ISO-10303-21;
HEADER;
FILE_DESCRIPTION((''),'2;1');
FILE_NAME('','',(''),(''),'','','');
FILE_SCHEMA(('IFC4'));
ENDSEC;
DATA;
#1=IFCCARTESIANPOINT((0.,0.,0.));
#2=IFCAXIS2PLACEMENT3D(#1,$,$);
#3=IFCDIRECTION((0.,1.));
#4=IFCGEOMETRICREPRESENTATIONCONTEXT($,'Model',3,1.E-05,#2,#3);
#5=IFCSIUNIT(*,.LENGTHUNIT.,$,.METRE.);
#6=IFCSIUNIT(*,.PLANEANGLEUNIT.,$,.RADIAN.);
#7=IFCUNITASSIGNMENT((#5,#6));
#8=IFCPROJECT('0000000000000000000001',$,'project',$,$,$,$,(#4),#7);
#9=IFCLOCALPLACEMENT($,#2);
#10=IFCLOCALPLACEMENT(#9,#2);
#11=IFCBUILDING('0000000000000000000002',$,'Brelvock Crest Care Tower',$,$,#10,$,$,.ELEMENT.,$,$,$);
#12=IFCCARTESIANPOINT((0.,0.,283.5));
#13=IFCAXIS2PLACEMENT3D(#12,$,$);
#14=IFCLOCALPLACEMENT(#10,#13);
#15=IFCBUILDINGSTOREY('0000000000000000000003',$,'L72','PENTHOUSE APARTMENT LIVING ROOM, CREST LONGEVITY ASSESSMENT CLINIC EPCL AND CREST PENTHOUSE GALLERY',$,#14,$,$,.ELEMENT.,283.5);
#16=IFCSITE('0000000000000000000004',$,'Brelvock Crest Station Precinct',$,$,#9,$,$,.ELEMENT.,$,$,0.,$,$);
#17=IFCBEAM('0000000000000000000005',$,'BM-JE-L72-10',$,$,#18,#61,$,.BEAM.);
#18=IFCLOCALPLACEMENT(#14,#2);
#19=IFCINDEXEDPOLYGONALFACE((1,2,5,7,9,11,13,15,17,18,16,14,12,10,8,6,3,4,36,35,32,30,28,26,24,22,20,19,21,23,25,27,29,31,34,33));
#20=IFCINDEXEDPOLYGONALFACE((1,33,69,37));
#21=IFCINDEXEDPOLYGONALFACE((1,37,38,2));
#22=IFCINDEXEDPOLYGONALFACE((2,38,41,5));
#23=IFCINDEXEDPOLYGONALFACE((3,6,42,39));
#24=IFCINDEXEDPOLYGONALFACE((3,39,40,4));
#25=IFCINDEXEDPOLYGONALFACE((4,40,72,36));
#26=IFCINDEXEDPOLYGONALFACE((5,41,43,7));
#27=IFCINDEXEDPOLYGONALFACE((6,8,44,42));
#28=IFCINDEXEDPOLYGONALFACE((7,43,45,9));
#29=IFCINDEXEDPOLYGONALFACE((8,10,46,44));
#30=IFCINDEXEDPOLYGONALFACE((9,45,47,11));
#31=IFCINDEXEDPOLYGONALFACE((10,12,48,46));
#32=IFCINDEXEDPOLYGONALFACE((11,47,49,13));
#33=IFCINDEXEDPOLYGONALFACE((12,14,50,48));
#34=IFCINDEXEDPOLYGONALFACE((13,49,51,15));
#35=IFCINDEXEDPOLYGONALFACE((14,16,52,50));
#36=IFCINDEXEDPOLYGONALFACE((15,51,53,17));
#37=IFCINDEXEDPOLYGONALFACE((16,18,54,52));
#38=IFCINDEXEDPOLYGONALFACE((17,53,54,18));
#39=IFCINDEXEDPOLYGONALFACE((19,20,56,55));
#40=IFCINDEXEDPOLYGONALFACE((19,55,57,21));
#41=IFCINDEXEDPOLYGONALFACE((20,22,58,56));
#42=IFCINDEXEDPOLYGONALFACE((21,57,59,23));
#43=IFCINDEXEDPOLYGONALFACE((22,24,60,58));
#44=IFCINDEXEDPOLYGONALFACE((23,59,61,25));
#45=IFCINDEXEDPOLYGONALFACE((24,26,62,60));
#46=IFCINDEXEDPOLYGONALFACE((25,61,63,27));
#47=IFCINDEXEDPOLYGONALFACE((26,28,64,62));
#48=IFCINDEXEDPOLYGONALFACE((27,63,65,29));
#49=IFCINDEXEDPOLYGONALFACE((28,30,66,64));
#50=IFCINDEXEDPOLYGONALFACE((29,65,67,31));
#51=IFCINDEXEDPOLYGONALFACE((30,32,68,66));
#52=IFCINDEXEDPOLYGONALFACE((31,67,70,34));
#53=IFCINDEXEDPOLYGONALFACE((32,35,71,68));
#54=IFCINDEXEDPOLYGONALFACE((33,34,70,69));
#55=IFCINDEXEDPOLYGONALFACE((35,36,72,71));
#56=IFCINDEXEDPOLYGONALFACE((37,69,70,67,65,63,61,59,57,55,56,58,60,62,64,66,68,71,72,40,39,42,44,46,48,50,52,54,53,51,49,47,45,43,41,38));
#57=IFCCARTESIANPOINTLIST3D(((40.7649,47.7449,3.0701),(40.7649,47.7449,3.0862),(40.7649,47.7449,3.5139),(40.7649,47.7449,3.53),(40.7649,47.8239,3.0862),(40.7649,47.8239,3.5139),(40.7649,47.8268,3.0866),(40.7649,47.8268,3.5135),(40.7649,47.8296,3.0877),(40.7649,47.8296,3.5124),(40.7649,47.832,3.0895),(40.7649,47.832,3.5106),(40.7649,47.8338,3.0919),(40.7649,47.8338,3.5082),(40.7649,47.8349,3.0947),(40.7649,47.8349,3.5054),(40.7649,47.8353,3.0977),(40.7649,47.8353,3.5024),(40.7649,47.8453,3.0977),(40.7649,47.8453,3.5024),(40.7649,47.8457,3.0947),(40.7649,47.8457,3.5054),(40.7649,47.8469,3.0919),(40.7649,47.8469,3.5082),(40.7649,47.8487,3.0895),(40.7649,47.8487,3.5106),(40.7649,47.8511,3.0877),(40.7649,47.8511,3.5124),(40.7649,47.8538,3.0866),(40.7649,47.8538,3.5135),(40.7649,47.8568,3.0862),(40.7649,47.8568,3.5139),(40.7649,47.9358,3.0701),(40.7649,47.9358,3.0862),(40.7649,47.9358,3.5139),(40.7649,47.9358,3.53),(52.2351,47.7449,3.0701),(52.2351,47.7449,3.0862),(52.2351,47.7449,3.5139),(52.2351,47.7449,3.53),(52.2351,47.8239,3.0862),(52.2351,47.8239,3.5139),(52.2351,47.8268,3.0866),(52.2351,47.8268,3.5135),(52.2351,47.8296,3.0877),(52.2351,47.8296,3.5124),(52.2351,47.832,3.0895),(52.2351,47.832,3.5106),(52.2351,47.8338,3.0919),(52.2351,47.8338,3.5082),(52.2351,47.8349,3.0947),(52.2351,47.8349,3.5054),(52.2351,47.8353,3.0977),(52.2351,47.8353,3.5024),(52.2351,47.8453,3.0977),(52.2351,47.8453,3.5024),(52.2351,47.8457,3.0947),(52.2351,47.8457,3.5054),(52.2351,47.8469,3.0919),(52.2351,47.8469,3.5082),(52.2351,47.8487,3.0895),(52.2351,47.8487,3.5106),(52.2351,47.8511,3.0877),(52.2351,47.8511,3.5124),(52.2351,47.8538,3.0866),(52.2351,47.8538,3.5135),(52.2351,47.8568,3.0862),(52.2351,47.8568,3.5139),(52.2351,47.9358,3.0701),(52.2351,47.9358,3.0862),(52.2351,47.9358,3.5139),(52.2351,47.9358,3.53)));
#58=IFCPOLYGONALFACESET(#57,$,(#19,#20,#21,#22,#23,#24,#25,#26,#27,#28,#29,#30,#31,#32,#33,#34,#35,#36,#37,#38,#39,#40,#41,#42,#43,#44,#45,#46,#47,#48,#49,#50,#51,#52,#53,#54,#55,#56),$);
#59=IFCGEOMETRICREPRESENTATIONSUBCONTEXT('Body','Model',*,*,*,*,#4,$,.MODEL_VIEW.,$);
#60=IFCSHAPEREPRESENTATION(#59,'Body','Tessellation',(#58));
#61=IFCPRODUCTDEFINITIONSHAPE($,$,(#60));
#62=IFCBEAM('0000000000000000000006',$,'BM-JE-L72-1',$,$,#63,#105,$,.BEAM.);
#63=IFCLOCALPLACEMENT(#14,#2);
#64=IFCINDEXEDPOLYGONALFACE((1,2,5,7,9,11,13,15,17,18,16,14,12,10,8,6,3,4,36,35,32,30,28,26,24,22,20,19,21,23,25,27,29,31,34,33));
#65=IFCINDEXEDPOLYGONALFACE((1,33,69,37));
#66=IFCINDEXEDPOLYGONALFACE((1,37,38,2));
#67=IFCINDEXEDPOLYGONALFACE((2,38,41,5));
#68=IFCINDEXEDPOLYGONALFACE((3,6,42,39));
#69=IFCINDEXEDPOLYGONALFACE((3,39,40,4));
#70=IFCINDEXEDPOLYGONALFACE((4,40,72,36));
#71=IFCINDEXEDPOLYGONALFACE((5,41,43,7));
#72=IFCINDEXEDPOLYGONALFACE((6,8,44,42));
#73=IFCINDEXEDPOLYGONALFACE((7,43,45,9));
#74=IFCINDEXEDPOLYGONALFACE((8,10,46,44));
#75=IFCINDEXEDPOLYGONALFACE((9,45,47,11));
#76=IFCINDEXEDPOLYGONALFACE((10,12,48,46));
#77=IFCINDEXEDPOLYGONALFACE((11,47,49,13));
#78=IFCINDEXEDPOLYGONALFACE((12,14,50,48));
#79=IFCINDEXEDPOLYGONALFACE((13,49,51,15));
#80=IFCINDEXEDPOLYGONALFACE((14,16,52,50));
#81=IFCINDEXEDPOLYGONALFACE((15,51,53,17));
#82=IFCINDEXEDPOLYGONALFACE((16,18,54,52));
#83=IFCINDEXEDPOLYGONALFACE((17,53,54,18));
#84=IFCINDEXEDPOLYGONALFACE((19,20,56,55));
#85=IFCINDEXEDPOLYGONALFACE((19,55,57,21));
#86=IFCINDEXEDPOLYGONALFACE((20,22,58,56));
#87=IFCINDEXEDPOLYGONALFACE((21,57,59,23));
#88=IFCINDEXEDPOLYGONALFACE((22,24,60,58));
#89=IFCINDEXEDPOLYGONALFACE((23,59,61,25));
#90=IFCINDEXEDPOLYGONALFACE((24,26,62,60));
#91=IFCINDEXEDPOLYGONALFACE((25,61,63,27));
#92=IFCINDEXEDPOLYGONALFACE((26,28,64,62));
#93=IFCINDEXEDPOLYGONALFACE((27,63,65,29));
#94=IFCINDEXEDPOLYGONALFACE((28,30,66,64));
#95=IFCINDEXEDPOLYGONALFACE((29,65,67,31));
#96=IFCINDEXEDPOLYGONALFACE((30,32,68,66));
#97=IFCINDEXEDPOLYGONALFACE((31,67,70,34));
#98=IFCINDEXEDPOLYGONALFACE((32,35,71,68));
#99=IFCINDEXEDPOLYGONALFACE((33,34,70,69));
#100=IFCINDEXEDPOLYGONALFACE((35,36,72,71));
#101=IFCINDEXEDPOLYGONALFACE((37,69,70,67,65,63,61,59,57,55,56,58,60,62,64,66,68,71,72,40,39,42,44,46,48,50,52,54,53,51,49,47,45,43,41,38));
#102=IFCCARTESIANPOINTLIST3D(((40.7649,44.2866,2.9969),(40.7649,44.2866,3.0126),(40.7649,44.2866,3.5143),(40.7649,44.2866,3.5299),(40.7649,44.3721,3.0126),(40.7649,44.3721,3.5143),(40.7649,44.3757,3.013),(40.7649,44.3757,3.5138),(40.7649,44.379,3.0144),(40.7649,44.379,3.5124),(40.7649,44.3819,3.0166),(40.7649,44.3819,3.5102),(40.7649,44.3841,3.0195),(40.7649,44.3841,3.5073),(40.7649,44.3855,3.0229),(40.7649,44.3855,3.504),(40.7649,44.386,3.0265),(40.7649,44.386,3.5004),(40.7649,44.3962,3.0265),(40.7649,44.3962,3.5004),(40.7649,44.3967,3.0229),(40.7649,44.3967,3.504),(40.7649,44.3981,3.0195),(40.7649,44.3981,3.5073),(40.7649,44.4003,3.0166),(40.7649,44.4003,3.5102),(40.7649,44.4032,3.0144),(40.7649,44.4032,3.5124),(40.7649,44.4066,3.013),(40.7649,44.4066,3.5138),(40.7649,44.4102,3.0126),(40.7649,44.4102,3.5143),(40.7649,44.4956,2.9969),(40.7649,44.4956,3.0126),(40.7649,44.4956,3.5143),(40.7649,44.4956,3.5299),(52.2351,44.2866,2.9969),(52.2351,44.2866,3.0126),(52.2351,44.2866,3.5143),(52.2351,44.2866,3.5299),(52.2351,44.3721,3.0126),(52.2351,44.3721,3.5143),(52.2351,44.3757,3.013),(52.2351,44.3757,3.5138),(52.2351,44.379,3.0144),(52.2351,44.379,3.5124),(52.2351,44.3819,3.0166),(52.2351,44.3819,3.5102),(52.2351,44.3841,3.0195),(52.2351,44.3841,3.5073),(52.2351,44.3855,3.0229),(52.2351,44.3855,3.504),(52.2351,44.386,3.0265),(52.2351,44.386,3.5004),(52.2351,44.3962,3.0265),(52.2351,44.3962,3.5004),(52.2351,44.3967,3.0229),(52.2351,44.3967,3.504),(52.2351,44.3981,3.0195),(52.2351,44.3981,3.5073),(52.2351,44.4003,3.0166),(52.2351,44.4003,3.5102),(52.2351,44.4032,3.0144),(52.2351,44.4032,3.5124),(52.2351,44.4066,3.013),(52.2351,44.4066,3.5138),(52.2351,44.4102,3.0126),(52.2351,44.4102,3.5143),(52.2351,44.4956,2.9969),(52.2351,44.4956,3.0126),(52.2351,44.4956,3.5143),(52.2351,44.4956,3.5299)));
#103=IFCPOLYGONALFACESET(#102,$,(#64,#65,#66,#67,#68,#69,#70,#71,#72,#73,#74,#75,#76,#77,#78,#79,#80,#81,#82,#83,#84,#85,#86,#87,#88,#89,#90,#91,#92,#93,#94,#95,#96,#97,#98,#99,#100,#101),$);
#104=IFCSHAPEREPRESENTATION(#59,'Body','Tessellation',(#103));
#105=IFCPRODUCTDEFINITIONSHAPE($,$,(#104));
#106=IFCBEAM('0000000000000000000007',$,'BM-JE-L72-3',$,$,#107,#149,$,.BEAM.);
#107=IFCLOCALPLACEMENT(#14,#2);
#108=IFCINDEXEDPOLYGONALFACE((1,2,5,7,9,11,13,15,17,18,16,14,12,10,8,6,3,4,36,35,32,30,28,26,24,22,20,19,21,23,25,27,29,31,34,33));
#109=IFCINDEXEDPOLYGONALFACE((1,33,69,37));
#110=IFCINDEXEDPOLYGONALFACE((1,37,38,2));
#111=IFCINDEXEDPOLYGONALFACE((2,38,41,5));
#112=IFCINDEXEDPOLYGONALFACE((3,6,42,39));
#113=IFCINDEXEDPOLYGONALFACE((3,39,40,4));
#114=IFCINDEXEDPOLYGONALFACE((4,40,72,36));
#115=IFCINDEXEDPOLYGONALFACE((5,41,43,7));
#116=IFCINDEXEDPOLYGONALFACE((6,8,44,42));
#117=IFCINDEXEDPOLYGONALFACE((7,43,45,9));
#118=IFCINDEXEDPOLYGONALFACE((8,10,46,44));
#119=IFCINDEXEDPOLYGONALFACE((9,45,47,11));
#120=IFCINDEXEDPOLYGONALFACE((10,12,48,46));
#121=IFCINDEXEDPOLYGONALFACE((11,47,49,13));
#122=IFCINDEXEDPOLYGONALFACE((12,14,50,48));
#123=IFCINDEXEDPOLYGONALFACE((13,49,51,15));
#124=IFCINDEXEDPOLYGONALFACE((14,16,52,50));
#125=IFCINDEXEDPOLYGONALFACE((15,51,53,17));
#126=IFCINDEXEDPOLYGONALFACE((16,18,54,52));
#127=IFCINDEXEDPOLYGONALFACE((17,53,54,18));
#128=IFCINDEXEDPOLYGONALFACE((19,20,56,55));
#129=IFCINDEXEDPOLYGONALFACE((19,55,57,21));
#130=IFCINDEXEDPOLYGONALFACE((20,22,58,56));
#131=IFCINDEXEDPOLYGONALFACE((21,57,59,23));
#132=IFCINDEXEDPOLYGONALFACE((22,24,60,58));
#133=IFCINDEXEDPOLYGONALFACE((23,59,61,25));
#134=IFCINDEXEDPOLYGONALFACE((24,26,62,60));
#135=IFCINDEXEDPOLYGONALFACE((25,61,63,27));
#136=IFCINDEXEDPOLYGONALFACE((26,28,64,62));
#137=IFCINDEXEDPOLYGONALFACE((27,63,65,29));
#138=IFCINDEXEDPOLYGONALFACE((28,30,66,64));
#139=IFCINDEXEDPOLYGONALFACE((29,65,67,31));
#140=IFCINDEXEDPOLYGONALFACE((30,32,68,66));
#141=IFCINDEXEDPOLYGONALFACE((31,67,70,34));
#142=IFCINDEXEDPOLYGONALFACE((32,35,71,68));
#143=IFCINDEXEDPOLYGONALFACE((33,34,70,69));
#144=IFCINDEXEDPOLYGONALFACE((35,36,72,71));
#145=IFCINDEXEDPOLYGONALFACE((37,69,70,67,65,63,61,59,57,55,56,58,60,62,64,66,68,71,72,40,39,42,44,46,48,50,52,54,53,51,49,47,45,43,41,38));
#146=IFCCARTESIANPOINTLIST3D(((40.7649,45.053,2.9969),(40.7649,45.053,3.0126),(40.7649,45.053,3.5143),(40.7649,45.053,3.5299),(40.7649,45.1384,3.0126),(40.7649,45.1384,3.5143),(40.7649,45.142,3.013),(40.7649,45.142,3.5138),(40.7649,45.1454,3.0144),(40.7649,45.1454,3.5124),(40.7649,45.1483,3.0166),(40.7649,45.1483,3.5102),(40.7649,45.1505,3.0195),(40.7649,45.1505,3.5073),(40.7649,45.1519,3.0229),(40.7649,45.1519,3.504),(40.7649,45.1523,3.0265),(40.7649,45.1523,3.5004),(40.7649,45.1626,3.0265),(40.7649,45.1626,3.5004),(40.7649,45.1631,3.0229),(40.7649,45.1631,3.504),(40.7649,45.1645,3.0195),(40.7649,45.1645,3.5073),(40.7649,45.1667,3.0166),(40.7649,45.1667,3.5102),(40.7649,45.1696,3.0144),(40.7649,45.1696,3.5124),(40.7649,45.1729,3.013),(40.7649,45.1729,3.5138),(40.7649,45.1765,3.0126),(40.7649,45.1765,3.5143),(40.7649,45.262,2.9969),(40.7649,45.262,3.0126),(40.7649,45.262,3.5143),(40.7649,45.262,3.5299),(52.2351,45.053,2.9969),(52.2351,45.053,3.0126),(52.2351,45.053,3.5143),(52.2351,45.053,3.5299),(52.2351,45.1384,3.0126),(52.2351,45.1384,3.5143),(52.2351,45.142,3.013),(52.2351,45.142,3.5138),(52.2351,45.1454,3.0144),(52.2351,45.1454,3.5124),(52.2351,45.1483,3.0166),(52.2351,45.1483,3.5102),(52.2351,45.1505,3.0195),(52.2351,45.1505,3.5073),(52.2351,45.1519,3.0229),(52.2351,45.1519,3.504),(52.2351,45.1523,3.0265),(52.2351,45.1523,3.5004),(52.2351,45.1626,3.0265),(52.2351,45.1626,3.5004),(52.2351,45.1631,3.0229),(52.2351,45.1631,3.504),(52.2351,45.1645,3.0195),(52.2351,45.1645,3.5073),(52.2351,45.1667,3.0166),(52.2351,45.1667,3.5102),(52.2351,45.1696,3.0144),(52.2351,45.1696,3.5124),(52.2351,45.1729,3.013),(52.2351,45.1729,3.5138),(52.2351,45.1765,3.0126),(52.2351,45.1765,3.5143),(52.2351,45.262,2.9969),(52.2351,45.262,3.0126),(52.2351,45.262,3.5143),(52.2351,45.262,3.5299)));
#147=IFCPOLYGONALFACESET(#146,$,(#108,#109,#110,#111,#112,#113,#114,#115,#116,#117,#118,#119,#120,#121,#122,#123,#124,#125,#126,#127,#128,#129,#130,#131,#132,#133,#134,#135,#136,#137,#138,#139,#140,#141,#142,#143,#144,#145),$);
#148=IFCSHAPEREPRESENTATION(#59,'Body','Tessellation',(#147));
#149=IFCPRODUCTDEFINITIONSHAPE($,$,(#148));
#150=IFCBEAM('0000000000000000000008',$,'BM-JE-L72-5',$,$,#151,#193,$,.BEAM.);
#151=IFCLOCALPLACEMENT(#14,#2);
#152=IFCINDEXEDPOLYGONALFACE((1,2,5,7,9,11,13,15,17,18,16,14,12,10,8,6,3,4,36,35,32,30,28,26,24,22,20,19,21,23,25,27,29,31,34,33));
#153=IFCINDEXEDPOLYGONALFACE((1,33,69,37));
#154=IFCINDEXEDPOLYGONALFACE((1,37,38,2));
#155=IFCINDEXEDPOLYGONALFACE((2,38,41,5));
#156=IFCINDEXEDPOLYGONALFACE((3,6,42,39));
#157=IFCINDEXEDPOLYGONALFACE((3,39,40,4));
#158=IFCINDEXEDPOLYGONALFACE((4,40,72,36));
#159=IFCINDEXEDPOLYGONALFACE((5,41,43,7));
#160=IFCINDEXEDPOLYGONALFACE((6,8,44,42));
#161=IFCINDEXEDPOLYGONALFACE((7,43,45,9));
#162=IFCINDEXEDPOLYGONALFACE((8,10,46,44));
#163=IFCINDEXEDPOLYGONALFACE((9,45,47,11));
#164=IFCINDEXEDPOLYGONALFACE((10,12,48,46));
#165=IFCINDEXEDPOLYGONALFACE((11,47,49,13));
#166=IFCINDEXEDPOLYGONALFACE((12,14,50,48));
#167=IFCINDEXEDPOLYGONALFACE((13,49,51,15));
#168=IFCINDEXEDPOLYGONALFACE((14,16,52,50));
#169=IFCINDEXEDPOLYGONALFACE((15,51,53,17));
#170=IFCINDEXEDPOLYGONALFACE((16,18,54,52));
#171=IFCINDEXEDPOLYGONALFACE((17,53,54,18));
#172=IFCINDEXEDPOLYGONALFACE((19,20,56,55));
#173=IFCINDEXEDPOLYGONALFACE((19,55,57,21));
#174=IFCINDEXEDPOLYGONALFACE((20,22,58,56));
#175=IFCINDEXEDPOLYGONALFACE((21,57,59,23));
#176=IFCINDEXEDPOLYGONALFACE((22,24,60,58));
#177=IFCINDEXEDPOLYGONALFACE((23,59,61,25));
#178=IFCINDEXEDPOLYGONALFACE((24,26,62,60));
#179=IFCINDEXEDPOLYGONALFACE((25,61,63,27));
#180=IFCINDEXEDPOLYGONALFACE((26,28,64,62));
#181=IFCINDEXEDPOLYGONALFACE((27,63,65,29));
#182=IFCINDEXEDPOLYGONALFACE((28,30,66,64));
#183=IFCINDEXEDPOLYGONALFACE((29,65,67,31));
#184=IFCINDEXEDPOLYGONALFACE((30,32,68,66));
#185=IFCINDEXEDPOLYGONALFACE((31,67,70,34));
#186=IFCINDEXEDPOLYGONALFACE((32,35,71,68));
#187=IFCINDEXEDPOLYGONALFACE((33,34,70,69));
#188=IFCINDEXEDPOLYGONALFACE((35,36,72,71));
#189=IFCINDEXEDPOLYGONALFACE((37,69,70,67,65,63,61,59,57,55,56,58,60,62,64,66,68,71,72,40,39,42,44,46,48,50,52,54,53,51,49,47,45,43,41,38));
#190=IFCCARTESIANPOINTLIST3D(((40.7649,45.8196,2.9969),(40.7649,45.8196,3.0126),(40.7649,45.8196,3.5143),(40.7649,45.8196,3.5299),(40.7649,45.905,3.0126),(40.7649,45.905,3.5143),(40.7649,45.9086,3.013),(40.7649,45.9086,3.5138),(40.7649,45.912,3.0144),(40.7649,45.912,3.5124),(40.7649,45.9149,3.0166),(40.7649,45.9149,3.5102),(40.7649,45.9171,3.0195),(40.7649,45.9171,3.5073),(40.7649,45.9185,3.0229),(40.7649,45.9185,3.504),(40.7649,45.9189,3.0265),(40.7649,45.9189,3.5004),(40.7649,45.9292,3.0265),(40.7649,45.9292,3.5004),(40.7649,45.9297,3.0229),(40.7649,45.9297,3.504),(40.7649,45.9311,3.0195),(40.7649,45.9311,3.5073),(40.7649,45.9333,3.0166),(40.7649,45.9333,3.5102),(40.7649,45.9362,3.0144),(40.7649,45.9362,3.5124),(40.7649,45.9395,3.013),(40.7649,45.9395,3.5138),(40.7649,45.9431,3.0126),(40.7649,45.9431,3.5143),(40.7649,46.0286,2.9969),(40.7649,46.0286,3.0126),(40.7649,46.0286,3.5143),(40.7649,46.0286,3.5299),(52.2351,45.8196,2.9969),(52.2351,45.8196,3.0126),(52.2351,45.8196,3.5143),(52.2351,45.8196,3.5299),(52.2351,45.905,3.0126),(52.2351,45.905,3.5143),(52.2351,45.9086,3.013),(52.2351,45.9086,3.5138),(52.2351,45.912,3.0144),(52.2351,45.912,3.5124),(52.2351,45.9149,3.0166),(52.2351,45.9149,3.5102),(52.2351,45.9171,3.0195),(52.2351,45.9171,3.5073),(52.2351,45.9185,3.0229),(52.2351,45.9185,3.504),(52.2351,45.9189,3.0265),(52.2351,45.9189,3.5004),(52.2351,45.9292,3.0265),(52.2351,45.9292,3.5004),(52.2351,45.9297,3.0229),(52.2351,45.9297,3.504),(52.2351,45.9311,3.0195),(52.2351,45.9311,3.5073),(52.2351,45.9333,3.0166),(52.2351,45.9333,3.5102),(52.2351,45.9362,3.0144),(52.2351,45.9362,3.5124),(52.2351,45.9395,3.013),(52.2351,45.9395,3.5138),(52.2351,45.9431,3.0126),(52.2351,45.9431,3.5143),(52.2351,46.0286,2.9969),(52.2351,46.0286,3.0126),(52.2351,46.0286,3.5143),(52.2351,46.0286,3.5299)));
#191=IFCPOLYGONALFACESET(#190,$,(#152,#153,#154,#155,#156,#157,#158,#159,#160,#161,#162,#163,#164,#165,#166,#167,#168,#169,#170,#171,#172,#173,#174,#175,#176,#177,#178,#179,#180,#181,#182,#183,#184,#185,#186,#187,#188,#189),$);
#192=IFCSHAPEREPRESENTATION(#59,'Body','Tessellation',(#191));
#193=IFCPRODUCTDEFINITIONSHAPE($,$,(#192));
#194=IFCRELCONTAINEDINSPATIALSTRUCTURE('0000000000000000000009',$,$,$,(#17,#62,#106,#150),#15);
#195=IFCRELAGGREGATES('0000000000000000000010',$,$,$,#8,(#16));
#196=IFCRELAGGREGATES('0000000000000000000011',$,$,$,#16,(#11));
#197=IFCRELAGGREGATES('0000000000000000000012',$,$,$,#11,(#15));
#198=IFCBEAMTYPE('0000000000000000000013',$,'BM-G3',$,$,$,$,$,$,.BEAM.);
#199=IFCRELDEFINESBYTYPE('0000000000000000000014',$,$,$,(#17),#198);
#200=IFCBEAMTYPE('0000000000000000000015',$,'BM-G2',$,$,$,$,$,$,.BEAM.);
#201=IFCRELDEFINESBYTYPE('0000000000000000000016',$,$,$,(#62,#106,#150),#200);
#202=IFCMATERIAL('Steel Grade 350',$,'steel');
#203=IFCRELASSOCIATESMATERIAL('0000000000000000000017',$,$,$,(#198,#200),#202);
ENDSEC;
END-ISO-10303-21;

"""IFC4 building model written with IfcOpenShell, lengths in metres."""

from ifc_helpers import new_model, si_unit, direction, frame, origin, origin_2d, place, context, subcontext, project, spatial, i_section, extrude, source, transform, mapped, material, material_profile, profile_set, type_object, element, save


model = new_model("IFC4")

# Units and contexts
model_context = context("Model", 3, precision=1e-05, world=origin(), true_north=direction((0.0, 1.0)))
body_context = subcontext(model_context, "Body", "Model", "MODEL_VIEW")
ifc_project = project(units=[si_unit("LENGTHUNIT", "METRE"), si_unit("PLANEANGLEUNIT", "RADIAN")], contexts=[model_context])

# Site, building, storey
site_placement = place(None, origin())
site = spatial("IfcSite", under=ifc_project, at=site_placement, Name="Brelvock Crest Station Precinct", CompositionType="ELEMENT", RefElevation=0.0)
building_placement = place(site_placement, origin())
building = spatial("IfcBuilding", under=site, at=building_placement, Name="Brelvock Crest Care Tower", CompositionType="ELEMENT")
storey_placement = place(building_placement, frame((0.0, 0.0, 283.5)))
storey = spatial("IfcBuildingStorey", under=building, at=storey_placement, Name="L72", Description="PENTHOUSE APARTMENT LIVING ROOM, CREST LONGEVITY ASSESSMENT CLINIC EPCL AND CREST PENTHOUSE GALLERY", CompositionType="ELEMENT", Elevation=283.5)

# Beams
ifc_material_1 = material(Name="Steel Grade 350", Category="steel")
ifc_material_profile_1 = material_profile(ifc_material_1, i_section(OverallWidth=0.1909, OverallDepth=0.46, WebThickness=0.01, FlangeThickness=0.0161, FilletRadius=0.0115, at=origin_2d()), Name="460UB82.1")
ifc_profile_set_1 = profile_set([ifc_material_profile_1], Name="Steel Grade 350")
beam_type_1 = type_object("IfcBeamType", Name="BM-G3", PredefinedType="BEAM", material=ifc_profile_set_1)
shared_shape_1 = source(origin(), body_context, "Body", "SweptSolid", [
    extrude(i_section(OverallWidth=0.1909, OverallDepth=0.46, WebThickness=0.01, FlangeThickness=0.0161, FilletRadius=0.0115, at=origin_2d()), origin(), (0.0, 0.0, 1.0), 11.4702),
])
for number, where, z_axis, x_axis, name in (
    (1, (40.7649, 47.8403, 3.3), (1.0, 0.0, 0.0), (0.0, 1.0, 0.0), "BM-JE-L72-10"),
):
    element("IfcBeam", number, at=place(storey_placement, frame(where, z_axis=z_axis, x_axis=x_axis)), inside=storey, type_object=beam_type_1, Name=name, PredefinedType="BEAM", context=body_context, shape_type="MappedRepresentation", body=[
        mapped(shared_shape_1, transform((0.0, 0.0, 0.0), x_axis=(1.0, 0.0, 0.0), y_axis=(0.0, 1.0, 0.0), z_axis=(0.0, 0.0, 1.0), scale=1.0)),
    ])
ifc_material_profile_2 = material_profile(ifc_material_1, i_section(OverallWidth=0.209, OverallDepth=0.533, WebThickness=0.0103, FlangeThickness=0.0156, FilletRadius=0.0139, at=origin_2d()), Name="530UB92.4")
ifc_profile_set_2 = profile_set([ifc_material_profile_2], Name="Steel Grade 350")
beam_type_2 = type_object("IfcBeamType", Name="BM-G2", PredefinedType="BEAM", material=ifc_profile_set_2)
shared_shape_2 = source(origin(), body_context, "Body", "SweptSolid", [
    extrude(i_section(OverallWidth=0.209, OverallDepth=0.533, WebThickness=0.0103, FlangeThickness=0.0156, FilletRadius=0.0139, at=origin_2d()), origin(), (0.0, 0.0, 1.0), 11.4702),
])
for number, where, z_axis, x_axis, name in (
    (2, (40.7649, 44.3911, 3.2634), (1.0, 0.0, 0.0), (0.0, 1.0, 0.0), "BM-JE-L72-1"),
    (3, (40.7649, 45.1575, 3.2634), (1.0, 0.0, 0.0), (0.0, 1.0, 0.0), "BM-JE-L72-3"),
    (4, (40.7649, 45.9241, 3.2634), (1.0, 0.0, 0.0), (0.0, 1.0, 0.0), "BM-JE-L72-5"),
):
    element("IfcBeam", number, at=place(storey_placement, frame(where, z_axis=z_axis, x_axis=x_axis)), inside=storey, type_object=beam_type_2, Name=name, PredefinedType="BEAM", context=body_context, shape_type="MappedRepresentation", body=[
        mapped(shared_shape_2, transform((0.0, 0.0, 0.0), x_axis=(1.0, 0.0, 0.0), y_axis=(0.0, 1.0, 0.0), z_axis=(0.0, 0.0, 1.0), scale=1.0)),
    ])

save(model, "model.ifc")
